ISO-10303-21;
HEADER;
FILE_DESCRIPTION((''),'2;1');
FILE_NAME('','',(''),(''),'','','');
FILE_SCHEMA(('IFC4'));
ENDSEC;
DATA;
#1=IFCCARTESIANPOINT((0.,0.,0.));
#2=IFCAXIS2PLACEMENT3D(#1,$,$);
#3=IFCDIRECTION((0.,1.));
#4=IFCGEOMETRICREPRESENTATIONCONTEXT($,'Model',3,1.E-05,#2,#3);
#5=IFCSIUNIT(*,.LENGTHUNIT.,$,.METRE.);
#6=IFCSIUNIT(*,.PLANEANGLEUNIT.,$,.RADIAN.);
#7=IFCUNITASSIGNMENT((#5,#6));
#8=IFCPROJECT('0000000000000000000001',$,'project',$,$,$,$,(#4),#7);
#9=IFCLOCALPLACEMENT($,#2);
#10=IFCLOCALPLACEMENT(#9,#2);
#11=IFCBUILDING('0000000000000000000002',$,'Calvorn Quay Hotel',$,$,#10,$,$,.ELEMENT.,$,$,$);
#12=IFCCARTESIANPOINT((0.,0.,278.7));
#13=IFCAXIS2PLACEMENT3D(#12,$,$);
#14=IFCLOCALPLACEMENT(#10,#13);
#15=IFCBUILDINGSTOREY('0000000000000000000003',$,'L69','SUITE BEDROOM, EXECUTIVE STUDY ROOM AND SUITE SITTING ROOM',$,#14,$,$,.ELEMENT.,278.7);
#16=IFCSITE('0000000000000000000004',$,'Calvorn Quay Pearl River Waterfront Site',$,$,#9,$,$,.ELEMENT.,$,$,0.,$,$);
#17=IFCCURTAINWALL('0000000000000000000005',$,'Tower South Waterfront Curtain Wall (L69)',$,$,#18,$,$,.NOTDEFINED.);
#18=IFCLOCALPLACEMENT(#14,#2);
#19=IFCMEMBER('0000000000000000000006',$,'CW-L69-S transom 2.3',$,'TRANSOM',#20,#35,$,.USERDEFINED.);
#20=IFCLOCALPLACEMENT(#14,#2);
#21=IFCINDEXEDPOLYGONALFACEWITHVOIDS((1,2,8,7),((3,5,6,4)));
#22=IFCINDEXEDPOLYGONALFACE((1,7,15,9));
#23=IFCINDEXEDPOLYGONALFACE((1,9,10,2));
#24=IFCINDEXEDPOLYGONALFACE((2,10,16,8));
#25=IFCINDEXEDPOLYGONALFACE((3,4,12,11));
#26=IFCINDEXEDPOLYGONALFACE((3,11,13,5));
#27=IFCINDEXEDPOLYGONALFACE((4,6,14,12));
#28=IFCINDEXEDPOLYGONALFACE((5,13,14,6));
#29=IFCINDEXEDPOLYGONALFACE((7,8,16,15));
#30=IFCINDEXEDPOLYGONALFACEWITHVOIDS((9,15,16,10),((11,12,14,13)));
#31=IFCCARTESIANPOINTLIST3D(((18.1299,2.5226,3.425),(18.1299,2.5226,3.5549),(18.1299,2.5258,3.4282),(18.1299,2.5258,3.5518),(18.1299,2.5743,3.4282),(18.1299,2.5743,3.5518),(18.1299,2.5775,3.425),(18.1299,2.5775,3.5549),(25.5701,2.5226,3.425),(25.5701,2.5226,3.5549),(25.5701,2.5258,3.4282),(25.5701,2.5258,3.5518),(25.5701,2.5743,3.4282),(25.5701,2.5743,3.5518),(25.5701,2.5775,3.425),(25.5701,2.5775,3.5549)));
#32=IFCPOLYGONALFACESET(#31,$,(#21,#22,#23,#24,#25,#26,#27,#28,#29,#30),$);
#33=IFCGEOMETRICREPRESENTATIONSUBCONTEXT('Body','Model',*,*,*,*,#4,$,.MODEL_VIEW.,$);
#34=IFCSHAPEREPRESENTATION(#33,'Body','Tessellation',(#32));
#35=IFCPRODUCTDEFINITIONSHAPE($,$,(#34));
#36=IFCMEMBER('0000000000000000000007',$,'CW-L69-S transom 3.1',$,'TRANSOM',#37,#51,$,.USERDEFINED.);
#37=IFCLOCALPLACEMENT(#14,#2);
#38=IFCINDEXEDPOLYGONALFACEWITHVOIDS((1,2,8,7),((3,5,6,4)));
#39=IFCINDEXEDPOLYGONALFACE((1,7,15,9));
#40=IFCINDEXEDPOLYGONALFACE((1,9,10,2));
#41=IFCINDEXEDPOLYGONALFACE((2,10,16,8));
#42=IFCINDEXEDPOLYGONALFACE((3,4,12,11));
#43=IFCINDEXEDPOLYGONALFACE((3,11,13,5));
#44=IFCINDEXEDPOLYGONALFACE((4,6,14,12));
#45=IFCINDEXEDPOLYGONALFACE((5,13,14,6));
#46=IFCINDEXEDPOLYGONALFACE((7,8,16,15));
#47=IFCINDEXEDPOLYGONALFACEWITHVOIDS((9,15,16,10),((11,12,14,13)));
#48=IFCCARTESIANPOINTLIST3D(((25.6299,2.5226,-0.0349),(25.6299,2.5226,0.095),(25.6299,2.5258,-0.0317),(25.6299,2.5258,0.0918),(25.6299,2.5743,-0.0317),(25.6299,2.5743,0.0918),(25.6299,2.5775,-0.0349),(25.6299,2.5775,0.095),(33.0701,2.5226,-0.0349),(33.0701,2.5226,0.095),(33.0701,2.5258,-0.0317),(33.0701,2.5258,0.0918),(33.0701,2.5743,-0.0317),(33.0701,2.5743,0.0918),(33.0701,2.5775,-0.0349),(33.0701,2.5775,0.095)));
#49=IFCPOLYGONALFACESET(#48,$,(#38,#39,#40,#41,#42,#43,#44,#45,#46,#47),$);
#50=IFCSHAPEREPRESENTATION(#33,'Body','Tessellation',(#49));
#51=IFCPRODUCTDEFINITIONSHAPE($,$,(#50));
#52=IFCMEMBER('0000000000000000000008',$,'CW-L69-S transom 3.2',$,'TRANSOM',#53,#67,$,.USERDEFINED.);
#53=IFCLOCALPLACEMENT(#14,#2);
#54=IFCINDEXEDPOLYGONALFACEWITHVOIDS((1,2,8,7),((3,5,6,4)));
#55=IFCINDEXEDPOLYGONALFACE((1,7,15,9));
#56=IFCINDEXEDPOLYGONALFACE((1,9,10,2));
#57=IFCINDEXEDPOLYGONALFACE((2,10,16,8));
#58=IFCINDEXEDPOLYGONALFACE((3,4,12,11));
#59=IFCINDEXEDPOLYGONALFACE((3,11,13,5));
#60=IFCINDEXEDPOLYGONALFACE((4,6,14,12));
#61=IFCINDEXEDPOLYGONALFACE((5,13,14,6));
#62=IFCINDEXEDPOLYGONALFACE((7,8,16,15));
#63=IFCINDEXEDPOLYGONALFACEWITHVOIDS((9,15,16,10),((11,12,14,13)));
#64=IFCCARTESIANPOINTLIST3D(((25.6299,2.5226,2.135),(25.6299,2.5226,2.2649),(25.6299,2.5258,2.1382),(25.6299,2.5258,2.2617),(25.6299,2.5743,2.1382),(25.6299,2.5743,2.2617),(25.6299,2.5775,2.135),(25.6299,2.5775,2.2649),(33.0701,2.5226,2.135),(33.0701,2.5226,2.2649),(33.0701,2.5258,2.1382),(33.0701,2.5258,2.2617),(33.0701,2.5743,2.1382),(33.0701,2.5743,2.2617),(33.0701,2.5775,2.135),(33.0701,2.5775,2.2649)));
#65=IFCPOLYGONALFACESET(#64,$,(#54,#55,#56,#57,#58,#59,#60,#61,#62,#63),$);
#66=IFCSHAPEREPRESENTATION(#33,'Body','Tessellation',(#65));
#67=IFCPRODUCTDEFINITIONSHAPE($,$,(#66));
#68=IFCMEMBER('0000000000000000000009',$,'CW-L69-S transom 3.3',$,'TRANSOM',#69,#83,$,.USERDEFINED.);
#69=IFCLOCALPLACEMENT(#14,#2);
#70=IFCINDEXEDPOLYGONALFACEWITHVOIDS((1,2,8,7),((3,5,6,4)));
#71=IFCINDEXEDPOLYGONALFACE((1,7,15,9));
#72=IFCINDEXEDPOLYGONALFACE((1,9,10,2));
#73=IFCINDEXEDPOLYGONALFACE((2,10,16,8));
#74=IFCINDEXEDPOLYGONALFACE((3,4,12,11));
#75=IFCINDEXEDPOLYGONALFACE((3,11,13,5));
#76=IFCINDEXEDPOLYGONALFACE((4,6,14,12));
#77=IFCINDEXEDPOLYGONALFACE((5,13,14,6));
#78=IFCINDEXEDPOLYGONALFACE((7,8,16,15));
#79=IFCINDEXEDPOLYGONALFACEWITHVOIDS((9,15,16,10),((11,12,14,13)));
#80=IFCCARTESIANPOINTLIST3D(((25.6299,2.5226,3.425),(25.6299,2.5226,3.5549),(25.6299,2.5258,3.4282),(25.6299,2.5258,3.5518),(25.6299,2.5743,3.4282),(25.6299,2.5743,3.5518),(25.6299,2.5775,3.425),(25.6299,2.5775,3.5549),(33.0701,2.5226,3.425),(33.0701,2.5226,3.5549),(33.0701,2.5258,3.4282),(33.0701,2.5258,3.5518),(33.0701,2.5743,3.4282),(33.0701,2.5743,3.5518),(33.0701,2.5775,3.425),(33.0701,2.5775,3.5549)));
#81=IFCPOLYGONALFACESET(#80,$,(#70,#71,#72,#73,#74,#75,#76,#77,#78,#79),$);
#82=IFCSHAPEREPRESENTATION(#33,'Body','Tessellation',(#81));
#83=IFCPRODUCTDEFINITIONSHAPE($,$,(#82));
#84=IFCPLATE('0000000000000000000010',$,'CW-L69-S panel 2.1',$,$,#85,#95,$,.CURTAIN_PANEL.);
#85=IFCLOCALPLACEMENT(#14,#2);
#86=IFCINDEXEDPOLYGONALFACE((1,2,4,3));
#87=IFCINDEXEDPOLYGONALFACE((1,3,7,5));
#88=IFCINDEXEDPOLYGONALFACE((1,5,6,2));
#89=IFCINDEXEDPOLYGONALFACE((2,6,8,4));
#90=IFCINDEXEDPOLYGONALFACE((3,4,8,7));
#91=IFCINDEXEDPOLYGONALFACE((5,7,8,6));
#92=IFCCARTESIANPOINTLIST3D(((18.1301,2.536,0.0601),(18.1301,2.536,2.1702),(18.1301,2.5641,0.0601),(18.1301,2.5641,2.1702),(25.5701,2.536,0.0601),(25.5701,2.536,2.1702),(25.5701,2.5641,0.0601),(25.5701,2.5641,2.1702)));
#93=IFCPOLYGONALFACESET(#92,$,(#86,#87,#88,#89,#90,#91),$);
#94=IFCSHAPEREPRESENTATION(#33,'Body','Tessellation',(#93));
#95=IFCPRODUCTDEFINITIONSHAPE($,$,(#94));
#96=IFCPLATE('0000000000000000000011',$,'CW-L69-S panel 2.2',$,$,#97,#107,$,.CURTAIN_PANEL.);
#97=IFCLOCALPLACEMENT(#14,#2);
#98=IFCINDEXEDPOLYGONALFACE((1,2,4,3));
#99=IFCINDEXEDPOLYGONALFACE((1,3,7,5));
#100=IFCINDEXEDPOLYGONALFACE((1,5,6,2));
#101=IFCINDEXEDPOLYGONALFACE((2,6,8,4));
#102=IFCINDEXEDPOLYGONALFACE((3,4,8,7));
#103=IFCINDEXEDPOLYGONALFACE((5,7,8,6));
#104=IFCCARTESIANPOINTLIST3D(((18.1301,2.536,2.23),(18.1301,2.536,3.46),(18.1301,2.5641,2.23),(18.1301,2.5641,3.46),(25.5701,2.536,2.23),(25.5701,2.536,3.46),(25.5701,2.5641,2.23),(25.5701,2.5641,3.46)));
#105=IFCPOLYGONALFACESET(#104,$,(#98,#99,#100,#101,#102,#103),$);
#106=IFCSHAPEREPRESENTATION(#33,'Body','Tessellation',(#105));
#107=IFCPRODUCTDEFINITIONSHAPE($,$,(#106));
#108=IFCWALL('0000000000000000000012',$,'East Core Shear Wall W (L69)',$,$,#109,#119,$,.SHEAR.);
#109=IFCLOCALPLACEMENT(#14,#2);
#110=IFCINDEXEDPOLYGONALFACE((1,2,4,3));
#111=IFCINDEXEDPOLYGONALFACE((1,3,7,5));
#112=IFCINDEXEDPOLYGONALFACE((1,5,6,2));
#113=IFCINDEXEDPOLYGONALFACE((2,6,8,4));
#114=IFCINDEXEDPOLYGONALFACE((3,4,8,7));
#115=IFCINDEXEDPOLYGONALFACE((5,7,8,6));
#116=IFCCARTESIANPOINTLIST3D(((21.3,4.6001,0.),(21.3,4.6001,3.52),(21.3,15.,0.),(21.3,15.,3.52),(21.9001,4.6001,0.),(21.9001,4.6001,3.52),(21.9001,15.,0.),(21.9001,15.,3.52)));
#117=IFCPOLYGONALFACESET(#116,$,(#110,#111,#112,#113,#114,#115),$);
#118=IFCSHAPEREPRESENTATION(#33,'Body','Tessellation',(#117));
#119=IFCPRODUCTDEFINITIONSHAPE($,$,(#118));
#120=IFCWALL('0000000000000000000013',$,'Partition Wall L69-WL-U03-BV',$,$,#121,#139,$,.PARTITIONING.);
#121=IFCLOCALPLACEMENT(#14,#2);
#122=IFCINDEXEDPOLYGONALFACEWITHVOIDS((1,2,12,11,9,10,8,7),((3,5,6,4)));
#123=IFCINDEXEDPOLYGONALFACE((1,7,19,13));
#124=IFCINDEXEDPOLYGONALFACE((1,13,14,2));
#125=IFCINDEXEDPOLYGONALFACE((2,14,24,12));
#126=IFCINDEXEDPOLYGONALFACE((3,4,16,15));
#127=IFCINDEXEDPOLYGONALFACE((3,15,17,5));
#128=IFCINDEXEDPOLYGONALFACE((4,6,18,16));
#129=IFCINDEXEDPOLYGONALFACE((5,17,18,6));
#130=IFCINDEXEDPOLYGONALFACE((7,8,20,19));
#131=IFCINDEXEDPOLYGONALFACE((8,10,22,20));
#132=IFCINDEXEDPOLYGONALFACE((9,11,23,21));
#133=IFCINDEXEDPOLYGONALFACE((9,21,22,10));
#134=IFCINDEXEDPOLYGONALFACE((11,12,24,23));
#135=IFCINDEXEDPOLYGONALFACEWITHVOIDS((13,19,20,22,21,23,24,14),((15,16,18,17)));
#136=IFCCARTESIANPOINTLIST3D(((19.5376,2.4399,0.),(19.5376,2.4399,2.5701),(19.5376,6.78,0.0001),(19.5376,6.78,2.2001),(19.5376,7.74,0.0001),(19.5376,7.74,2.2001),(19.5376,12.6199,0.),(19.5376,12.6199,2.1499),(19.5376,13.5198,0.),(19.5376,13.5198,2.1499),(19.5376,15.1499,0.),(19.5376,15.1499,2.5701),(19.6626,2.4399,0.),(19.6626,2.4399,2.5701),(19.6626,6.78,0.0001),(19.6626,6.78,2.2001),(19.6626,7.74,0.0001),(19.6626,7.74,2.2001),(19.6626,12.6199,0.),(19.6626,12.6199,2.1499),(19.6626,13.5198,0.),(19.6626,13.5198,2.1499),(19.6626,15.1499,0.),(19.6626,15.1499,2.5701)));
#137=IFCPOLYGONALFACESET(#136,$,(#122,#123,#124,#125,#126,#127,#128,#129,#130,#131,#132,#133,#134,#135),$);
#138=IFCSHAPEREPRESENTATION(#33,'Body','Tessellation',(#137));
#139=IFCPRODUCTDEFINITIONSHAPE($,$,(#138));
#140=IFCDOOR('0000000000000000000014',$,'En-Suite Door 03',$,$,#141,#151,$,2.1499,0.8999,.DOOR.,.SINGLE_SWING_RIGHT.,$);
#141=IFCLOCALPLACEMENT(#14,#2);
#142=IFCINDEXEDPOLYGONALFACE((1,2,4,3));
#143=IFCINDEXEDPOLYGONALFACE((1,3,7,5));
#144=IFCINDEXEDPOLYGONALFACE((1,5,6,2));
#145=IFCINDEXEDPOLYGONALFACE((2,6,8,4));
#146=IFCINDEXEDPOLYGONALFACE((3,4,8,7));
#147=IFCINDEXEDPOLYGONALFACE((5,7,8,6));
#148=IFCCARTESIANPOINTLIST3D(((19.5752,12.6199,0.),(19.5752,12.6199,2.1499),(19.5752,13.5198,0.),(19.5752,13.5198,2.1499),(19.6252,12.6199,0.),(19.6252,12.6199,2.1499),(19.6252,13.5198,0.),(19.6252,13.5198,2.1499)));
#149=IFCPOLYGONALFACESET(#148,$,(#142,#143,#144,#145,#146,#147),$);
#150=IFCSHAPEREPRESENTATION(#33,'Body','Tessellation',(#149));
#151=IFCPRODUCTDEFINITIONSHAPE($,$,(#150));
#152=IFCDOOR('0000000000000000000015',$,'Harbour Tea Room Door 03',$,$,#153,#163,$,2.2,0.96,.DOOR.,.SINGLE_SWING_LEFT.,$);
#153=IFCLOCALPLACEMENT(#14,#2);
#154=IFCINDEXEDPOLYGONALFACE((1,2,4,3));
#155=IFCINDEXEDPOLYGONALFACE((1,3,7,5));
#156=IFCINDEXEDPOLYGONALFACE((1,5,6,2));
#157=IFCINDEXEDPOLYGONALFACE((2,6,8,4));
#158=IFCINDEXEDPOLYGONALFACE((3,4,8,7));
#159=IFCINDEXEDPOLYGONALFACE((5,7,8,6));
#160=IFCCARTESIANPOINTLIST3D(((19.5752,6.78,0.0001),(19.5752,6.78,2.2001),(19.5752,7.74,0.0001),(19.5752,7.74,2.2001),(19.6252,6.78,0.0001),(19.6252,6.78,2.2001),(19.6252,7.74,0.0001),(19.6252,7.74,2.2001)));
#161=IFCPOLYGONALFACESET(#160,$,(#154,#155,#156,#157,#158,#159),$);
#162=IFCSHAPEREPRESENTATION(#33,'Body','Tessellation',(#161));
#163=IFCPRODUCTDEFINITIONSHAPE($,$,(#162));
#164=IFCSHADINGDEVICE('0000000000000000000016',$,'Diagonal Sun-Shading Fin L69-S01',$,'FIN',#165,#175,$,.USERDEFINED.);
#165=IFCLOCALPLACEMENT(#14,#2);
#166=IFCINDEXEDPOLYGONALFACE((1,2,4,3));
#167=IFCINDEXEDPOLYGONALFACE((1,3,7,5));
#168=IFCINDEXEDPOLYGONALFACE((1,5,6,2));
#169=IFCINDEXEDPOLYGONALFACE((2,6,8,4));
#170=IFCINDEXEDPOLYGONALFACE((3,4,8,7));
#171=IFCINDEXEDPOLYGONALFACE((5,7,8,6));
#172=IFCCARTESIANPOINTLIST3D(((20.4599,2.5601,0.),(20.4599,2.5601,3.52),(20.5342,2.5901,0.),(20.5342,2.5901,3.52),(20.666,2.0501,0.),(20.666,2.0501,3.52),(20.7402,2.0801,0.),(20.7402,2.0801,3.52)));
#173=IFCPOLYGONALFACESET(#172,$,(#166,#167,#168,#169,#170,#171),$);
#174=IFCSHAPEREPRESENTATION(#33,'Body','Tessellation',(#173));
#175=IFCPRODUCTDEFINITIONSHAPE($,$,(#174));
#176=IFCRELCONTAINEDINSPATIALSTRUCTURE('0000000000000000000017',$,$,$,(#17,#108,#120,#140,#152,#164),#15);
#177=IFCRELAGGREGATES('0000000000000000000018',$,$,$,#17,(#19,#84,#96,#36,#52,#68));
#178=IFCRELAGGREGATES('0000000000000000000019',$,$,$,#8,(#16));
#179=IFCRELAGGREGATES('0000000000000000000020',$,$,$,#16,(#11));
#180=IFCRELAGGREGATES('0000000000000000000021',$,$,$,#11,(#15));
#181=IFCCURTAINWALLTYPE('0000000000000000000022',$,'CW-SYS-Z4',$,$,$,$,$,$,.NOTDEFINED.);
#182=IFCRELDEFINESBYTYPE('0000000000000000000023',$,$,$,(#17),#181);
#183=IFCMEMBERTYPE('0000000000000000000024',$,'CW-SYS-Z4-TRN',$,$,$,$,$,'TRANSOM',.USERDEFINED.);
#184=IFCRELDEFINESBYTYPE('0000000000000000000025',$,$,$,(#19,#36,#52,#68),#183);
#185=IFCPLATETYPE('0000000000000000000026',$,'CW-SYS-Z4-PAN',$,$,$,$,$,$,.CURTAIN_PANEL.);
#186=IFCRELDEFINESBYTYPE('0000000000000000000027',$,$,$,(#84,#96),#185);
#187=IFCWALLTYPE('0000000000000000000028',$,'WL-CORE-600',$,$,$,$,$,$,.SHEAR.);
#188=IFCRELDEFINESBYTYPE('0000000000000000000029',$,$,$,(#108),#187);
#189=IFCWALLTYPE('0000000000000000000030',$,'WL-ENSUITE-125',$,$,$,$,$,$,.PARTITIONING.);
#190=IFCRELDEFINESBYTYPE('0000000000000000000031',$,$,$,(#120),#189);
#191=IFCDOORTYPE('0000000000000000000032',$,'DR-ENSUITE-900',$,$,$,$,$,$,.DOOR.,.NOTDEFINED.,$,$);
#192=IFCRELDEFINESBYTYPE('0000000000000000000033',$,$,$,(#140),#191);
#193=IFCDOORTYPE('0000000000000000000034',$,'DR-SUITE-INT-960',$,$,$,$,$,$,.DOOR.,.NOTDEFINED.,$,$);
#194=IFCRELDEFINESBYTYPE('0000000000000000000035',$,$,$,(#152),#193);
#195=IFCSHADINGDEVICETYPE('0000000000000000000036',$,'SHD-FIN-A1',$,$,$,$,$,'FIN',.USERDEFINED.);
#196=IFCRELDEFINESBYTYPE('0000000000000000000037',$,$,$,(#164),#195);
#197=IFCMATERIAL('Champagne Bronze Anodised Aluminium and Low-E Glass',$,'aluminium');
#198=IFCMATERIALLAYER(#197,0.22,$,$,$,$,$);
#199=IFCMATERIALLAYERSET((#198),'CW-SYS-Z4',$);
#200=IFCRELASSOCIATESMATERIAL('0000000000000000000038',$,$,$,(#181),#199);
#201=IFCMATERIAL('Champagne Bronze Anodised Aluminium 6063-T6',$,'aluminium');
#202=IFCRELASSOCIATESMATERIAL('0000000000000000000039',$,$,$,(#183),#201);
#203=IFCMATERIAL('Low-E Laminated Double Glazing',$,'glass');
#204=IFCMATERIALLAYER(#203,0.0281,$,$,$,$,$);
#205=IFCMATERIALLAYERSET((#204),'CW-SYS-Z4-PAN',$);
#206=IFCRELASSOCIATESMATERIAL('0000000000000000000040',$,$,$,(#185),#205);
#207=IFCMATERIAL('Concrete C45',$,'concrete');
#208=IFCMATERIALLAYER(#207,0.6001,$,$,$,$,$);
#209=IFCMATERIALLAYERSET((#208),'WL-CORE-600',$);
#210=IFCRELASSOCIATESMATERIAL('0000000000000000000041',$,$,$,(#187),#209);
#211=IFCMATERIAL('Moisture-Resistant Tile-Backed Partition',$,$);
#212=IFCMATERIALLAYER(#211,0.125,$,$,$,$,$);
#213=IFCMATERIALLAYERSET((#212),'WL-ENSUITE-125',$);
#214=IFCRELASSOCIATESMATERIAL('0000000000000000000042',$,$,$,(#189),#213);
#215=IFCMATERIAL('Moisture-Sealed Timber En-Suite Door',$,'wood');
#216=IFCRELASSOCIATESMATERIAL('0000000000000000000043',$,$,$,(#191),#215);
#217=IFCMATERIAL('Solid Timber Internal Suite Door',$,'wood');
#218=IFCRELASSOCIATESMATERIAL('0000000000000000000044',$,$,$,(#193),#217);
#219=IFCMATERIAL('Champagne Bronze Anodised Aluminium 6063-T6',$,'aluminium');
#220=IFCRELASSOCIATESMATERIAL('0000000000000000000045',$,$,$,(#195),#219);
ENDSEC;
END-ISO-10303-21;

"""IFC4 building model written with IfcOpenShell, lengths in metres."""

from ifc_helpers import new_model, si_unit, direction, frame, frame_2d, origin, origin_2d, place, context, subcontext, project, spatial, rectangle, hollow_rectangle, extrude, material, layer, layer_set, material_profile, profile_set, type_object, element, fill, aggregate, save


model = new_model("IFC4")

# Units and contexts
model_context = context("Model", 3, precision=1e-05, world=origin(), true_north=direction((0.0, 1.0)))
body_context = subcontext(model_context, "Body", "Model", "MODEL_VIEW")
ifc_project = project(units=[si_unit("LENGTHUNIT", "METRE"), si_unit("PLANEANGLEUNIT", "RADIAN")], contexts=[model_context])

# Site, building, storey
site_placement = place(None, origin())
site = spatial("IfcSite", under=ifc_project, at=site_placement, Name="Calvorn Quay Pearl River Waterfront Site", CompositionType="ELEMENT", RefElevation=0.0)
building_placement = place(site_placement, origin())
building = spatial("IfcBuilding", under=site, at=building_placement, Name="Calvorn Quay Hotel", CompositionType="ELEMENT")
storey_placement = place(building_placement, frame((0.0, 0.0, 278.7)))
storey = spatial("IfcBuildingStorey", under=building, at=storey_placement, Name="L69", Description="SUITE BEDROOM, EXECUTIVE STUDY ROOM AND SUITE SITTING ROOM", CompositionType="ELEMENT", Elevation=278.7)

# Curtain wall, members, plates
ifc_material_1 = material(Name="Champagne Bronze Anodised Aluminium and Low-E Glass", Category="aluminium")
ifc_layer_1 = layer(ifc_material_1, 0.22)
ifc_layer_set_1 = layer_set([ifc_layer_1], Name="CW-SYS-Z4")
curtain_wall_type = type_object("IfcCurtainWallType", Name="CW-SYS-Z4", PredefinedType="NOTDEFINED", material=ifc_layer_set_1)
curtain_wall_placement = place(storey_placement, origin())
curtain_wall = element("IfcCurtainWall", 1, at=curtain_wall_placement, inside=storey, type_object=curtain_wall_type, Name="Tower South Waterfront Curtain Wall (L69)", PredefinedType="NOTDEFINED")
ifc_material_2 = material(Name="Champagne Bronze Anodised Aluminium 6063-T6", Category="aluminium")
ifc_material_profile_1 = material_profile(ifc_material_2, hollow_rectangle(XDim=0.0549, YDim=0.1299, WallThickness=0.0032, at=origin_2d()), Name="ALU-T130x55x3.2")
ifc_profile_set_1 = profile_set([ifc_material_profile_1], Name="Champagne Bronze Anodised Aluminium 6063-T6")
member_type_1 = type_object("IfcMemberType", Name="CW-SYS-Z4-TRN", ElementType="TRANSOM", PredefinedType="USERDEFINED", material=ifc_profile_set_1)
member_1_placement = place(storey_placement, frame((18.1299, 2.55, 3.49), z_axis=(1.0, 0.0, 0.0), x_axis=(0.0, 1.0, 0.0)))
member_1 = element("IfcMember", 2, at=member_1_placement, type_object=member_type_1, Name="CW-L69-S transom 2.3", ObjectType="TRANSOM", PredefinedType="USERDEFINED", context=body_context, shape_type="SweptSolid", body=[
    extrude(hollow_rectangle(XDim=0.0549, YDim=0.1299, WallThickness=0.0032, at=origin_2d()), origin(), (0.0, 0.0, 1.0), 7.4402),
])
member_2_placement = place(storey_placement, frame((25.6299, 2.55, 0.03), z_axis=(1.0, 0.0, 0.0), x_axis=(0.0, 1.0, 0.0)))
member_2 = element("IfcMember", 3, at=member_2_placement, type_object=member_type_1, Name="CW-L69-S transom 3.1", ObjectType="TRANSOM", PredefinedType="USERDEFINED", context=body_context, shape_type="SweptSolid", body=[
    extrude(hollow_rectangle(XDim=0.0549, YDim=0.1299, WallThickness=0.0032, at=origin_2d()), origin(), (0.0, 0.0, 1.0), 7.4402),
])
member_3_placement = place(storey_placement, frame((25.6299, 2.55, 2.2), z_axis=(1.0, 0.0, 0.0), x_axis=(0.0, 1.0, 0.0)))
member_3 = element("IfcMember", 4, at=member_3_placement, type_object=member_type_1, Name="CW-L69-S transom 3.2", ObjectType="TRANSOM", PredefinedType="USERDEFINED", context=body_context, shape_type="SweptSolid", body=[
    extrude(hollow_rectangle(XDim=0.0549, YDim=0.1299, WallThickness=0.0032, at=origin_2d()), origin(), (0.0, 0.0, 1.0), 7.4402),
])
member_4_placement = place(storey_placement, frame((25.6299, 2.55, 3.49), z_axis=(1.0, 0.0, 0.0), x_axis=(0.0, 1.0, 0.0)))
member_4 = element("IfcMember", 5, at=member_4_placement, type_object=member_type_1, Name="CW-L69-S transom 3.3", ObjectType="TRANSOM", PredefinedType="USERDEFINED", context=body_context, shape_type="SweptSolid", body=[
    extrude(hollow_rectangle(XDim=0.0549, YDim=0.1299, WallThickness=0.0032, at=origin_2d()), origin(), (0.0, 0.0, 1.0), 7.4402),
])
ifc_material_3 = material(Name="Low-E Laminated Double Glazing", Category="glass")
ifc_layer_2 = layer(ifc_material_3, 0.0281)
ifc_layer_set_2 = layer_set([ifc_layer_2], Name="CW-SYS-Z4-PAN")
plate_type = type_object("IfcPlateType", Name="CW-SYS-Z4-PAN", PredefinedType="CURTAIN_PANEL", material=ifc_layer_set_2)
plate_1_placement = place(storey_placement, frame((21.8501, 2.55, 0.0601), z_axis=(0.0, 0.0, 1.0), x_axis=(1.0, 0.0, 0.0)))
plate_1 = element("IfcPlate", 6, at=plate_1_placement, type_object=plate_type, Name="CW-L69-S panel 2.1", PredefinedType="CURTAIN_PANEL", context=body_context, shape_type="SweptSolid", body=[
    extrude(rectangle(XDim=7.4399, YDim=0.0281, at=origin_2d()), origin(), (0.0, 0.0, 1.0), 2.1101),
])
plate_2_placement = place(storey_placement, frame((21.8501, 2.55, 2.23), z_axis=(0.0, 0.0, 1.0), x_axis=(1.0, 0.0, 0.0)))
plate_2 = element("IfcPlate", 7, at=plate_2_placement, type_object=plate_type, Name="CW-L69-S panel 2.2", PredefinedType="CURTAIN_PANEL", context=body_context, shape_type="SweptSolid", body=[
    extrude(rectangle(XDim=7.4399, YDim=0.0281, at=origin_2d()), origin(), (0.0, 0.0, 1.0), 1.23),
])
aggregate(curtain_wall, [member_1, plate_1, plate_2, member_2, member_3, member_4])

# Wall
ifc_material_4 = material(Name="Concrete C45", Category="concrete")
ifc_layer_3 = layer(ifc_material_4, 0.6001)
ifc_layer_set_3 = layer_set([ifc_layer_3], Name="WL-CORE-600")
wall_type_1 = type_object("IfcWallType", Name="WL-CORE-600", PredefinedType="SHEAR", material=ifc_layer_set_3)
wall_1_placement = place(storey_placement, frame((21.6001, 4.6001, 0.0), z_axis=(0.0, 0.0, 1.0), x_axis=(0.0, 1.0, 0.0)))
element("IfcWall", 8, at=wall_1_placement, inside=storey, type_object=wall_type_1, Name="East Core Shear Wall W (L69)", PredefinedType="SHEAR", context=body_context, shape_type="SweptSolid", body=[
    extrude(rectangle(XDim=10.3999, YDim=0.6001, at=frame_2d((5.2, 0.0))), origin(), (0.0, 0.0, 1.0), 3.52),
])

# Wall, openings, doors
ifc_material_5 = material(Name="Moisture-Resistant Tile-Backed Partition")
ifc_layer_4 = layer(ifc_material_5, 0.125)
ifc_layer_set_4 = layer_set([ifc_layer_4], Name="WL-ENSUITE-125")
wall_type_2 = type_object("IfcWallType", Name="WL-ENSUITE-125", PredefinedType="PARTITIONING", material=ifc_layer_set_4)
wall_2_placement = place(storey_placement, frame((19.6001, 2.4399, 0.0), z_axis=(0.0, 0.0, 1.0), x_axis=(0.0, 1.0, 0.0)))
wall_2 = element("IfcWall", 9, at=wall_2_placement, inside=storey, type_object=wall_type_2, Name="Partition Wall L69-WL-U03-BV", PredefinedType="PARTITIONING", context=body_context, shape_type="SweptSolid", body=[
    extrude(rectangle(XDim=12.71, YDim=0.125, at=frame_2d((6.355, 0.0))), origin(), (0.0, 0.0, 1.0), 2.5701),
])
opening_1_placement = place(wall_2_placement, frame((4.3401, 0.0, 0.0)))
opening_1 = element("IfcOpeningElement", 10, at=opening_1_placement, cuts=wall_2, PredefinedType="OPENING", context=body_context, shape_type="SweptSolid", body=[
    extrude(rectangle(XDim=0.96, YDim=2.2, at=frame_2d((0.48, 1.1001))), frame((0.0, 0.0725, 0.0), z_axis=(0.0, -1.0, 0.0), x_axis=(1.0, 0.0, 0.0)), (0.0, 0.0, 1.0), 0.145),
])
opening_2_placement = place(wall_2_placement, frame((10.1799, 0.0, 0.0)))
opening_2 = element("IfcOpeningElement", 11, at=opening_2_placement, cuts=wall_2, PredefinedType="OPENING", context=body_context, shape_type="SweptSolid", body=[
    extrude(rectangle(XDim=0.8999, YDim=2.1499, at=frame_2d((0.45, 1.075))), frame((0.0, 0.0725, 0.0), z_axis=(0.0, -1.0, 0.0), x_axis=(1.0, 0.0, 0.0)), (0.0, 0.0, 1.0), 0.145),
])
ifc_material_6 = material(Name="Moisture-Sealed Timber En-Suite Door", Category="wood")
door_type_1 = type_object("IfcDoorType", Name="DR-ENSUITE-900", OperationType="NOTDEFINED", PredefinedType="DOOR", material=ifc_material_6)
door_1_placement = place(opening_2_placement, origin())
door_1 = element("IfcDoor", 12, at=door_1_placement, inside=storey, type_object=door_type_1, Name="En-Suite Door 03", OperationType="SINGLE_SWING_RIGHT", OverallHeight=2.1499, OverallWidth=0.8999, PredefinedType="DOOR", context=body_context, shape_type="SweptSolid", body=[
    extrude(rectangle(XDim=0.8999, YDim=2.1499, at=frame_2d((0.45, 1.075))), frame((0.0, 0.0249, 0.0), z_axis=(0.0, -1.0, 0.0), x_axis=(1.0, 0.0, 0.0)), (0.0, 0.0, 1.0), 0.05),
])
fill(opening_2, door_1)
ifc_material_7 = material(Name="Solid Timber Internal Suite Door", Category="wood")
door_type_2 = type_object("IfcDoorType", Name="DR-SUITE-INT-960", OperationType="NOTDEFINED", PredefinedType="DOOR", material=ifc_material_7)
door_2_placement = place(opening_1_placement, origin())
door_2 = element("IfcDoor", 13, at=door_2_placement, inside=storey, type_object=door_type_2, Name="Harbour Tea Room Door 03", OperationType="SINGLE_SWING_LEFT", OverallHeight=2.2, OverallWidth=0.96, PredefinedType="DOOR", context=body_context, shape_type="SweptSolid", body=[
    extrude(rectangle(XDim=0.96, YDim=2.2, at=frame_2d((0.48, 1.1001))), frame((0.0, 0.0249, 0.0), z_axis=(0.0, -1.0, 0.0), x_axis=(1.0, 0.0, 0.0)), (0.0, 0.0, 1.0), 0.05),
])
fill(opening_1, door_2)

# Shading device
ifc_material_8 = material(Name="Champagne Bronze Anodised Aluminium 6063-T6", Category="aluminium")
shading_device_type = type_object("IfcShadingDeviceType", Name="SHD-FIN-A1", ElementType="FIN", PredefinedType="USERDEFINED", material=ifc_material_8)
shading_device_placement = place(storey_placement, frame((20.6001, 2.3201, 0.0), z_axis=(0.0, 0.0, 1.0), x_axis=(-0.374607, 0.927184, 0.0)))
element("IfcShadingDevice", 14, at=shading_device_placement, inside=storey, type_object=shading_device_type, Name="Diagonal Sun-Shading Fin L69-S01", ObjectType="FIN", PredefinedType="USERDEFINED", context=body_context, shape_type="SweptSolid", body=[
    extrude(rectangle(XDim=0.55, YDim=0.0801, at=origin_2d()), origin(), (0.0, 0.0, 1.0), 3.52),
])

save(model, "model.ifc")
